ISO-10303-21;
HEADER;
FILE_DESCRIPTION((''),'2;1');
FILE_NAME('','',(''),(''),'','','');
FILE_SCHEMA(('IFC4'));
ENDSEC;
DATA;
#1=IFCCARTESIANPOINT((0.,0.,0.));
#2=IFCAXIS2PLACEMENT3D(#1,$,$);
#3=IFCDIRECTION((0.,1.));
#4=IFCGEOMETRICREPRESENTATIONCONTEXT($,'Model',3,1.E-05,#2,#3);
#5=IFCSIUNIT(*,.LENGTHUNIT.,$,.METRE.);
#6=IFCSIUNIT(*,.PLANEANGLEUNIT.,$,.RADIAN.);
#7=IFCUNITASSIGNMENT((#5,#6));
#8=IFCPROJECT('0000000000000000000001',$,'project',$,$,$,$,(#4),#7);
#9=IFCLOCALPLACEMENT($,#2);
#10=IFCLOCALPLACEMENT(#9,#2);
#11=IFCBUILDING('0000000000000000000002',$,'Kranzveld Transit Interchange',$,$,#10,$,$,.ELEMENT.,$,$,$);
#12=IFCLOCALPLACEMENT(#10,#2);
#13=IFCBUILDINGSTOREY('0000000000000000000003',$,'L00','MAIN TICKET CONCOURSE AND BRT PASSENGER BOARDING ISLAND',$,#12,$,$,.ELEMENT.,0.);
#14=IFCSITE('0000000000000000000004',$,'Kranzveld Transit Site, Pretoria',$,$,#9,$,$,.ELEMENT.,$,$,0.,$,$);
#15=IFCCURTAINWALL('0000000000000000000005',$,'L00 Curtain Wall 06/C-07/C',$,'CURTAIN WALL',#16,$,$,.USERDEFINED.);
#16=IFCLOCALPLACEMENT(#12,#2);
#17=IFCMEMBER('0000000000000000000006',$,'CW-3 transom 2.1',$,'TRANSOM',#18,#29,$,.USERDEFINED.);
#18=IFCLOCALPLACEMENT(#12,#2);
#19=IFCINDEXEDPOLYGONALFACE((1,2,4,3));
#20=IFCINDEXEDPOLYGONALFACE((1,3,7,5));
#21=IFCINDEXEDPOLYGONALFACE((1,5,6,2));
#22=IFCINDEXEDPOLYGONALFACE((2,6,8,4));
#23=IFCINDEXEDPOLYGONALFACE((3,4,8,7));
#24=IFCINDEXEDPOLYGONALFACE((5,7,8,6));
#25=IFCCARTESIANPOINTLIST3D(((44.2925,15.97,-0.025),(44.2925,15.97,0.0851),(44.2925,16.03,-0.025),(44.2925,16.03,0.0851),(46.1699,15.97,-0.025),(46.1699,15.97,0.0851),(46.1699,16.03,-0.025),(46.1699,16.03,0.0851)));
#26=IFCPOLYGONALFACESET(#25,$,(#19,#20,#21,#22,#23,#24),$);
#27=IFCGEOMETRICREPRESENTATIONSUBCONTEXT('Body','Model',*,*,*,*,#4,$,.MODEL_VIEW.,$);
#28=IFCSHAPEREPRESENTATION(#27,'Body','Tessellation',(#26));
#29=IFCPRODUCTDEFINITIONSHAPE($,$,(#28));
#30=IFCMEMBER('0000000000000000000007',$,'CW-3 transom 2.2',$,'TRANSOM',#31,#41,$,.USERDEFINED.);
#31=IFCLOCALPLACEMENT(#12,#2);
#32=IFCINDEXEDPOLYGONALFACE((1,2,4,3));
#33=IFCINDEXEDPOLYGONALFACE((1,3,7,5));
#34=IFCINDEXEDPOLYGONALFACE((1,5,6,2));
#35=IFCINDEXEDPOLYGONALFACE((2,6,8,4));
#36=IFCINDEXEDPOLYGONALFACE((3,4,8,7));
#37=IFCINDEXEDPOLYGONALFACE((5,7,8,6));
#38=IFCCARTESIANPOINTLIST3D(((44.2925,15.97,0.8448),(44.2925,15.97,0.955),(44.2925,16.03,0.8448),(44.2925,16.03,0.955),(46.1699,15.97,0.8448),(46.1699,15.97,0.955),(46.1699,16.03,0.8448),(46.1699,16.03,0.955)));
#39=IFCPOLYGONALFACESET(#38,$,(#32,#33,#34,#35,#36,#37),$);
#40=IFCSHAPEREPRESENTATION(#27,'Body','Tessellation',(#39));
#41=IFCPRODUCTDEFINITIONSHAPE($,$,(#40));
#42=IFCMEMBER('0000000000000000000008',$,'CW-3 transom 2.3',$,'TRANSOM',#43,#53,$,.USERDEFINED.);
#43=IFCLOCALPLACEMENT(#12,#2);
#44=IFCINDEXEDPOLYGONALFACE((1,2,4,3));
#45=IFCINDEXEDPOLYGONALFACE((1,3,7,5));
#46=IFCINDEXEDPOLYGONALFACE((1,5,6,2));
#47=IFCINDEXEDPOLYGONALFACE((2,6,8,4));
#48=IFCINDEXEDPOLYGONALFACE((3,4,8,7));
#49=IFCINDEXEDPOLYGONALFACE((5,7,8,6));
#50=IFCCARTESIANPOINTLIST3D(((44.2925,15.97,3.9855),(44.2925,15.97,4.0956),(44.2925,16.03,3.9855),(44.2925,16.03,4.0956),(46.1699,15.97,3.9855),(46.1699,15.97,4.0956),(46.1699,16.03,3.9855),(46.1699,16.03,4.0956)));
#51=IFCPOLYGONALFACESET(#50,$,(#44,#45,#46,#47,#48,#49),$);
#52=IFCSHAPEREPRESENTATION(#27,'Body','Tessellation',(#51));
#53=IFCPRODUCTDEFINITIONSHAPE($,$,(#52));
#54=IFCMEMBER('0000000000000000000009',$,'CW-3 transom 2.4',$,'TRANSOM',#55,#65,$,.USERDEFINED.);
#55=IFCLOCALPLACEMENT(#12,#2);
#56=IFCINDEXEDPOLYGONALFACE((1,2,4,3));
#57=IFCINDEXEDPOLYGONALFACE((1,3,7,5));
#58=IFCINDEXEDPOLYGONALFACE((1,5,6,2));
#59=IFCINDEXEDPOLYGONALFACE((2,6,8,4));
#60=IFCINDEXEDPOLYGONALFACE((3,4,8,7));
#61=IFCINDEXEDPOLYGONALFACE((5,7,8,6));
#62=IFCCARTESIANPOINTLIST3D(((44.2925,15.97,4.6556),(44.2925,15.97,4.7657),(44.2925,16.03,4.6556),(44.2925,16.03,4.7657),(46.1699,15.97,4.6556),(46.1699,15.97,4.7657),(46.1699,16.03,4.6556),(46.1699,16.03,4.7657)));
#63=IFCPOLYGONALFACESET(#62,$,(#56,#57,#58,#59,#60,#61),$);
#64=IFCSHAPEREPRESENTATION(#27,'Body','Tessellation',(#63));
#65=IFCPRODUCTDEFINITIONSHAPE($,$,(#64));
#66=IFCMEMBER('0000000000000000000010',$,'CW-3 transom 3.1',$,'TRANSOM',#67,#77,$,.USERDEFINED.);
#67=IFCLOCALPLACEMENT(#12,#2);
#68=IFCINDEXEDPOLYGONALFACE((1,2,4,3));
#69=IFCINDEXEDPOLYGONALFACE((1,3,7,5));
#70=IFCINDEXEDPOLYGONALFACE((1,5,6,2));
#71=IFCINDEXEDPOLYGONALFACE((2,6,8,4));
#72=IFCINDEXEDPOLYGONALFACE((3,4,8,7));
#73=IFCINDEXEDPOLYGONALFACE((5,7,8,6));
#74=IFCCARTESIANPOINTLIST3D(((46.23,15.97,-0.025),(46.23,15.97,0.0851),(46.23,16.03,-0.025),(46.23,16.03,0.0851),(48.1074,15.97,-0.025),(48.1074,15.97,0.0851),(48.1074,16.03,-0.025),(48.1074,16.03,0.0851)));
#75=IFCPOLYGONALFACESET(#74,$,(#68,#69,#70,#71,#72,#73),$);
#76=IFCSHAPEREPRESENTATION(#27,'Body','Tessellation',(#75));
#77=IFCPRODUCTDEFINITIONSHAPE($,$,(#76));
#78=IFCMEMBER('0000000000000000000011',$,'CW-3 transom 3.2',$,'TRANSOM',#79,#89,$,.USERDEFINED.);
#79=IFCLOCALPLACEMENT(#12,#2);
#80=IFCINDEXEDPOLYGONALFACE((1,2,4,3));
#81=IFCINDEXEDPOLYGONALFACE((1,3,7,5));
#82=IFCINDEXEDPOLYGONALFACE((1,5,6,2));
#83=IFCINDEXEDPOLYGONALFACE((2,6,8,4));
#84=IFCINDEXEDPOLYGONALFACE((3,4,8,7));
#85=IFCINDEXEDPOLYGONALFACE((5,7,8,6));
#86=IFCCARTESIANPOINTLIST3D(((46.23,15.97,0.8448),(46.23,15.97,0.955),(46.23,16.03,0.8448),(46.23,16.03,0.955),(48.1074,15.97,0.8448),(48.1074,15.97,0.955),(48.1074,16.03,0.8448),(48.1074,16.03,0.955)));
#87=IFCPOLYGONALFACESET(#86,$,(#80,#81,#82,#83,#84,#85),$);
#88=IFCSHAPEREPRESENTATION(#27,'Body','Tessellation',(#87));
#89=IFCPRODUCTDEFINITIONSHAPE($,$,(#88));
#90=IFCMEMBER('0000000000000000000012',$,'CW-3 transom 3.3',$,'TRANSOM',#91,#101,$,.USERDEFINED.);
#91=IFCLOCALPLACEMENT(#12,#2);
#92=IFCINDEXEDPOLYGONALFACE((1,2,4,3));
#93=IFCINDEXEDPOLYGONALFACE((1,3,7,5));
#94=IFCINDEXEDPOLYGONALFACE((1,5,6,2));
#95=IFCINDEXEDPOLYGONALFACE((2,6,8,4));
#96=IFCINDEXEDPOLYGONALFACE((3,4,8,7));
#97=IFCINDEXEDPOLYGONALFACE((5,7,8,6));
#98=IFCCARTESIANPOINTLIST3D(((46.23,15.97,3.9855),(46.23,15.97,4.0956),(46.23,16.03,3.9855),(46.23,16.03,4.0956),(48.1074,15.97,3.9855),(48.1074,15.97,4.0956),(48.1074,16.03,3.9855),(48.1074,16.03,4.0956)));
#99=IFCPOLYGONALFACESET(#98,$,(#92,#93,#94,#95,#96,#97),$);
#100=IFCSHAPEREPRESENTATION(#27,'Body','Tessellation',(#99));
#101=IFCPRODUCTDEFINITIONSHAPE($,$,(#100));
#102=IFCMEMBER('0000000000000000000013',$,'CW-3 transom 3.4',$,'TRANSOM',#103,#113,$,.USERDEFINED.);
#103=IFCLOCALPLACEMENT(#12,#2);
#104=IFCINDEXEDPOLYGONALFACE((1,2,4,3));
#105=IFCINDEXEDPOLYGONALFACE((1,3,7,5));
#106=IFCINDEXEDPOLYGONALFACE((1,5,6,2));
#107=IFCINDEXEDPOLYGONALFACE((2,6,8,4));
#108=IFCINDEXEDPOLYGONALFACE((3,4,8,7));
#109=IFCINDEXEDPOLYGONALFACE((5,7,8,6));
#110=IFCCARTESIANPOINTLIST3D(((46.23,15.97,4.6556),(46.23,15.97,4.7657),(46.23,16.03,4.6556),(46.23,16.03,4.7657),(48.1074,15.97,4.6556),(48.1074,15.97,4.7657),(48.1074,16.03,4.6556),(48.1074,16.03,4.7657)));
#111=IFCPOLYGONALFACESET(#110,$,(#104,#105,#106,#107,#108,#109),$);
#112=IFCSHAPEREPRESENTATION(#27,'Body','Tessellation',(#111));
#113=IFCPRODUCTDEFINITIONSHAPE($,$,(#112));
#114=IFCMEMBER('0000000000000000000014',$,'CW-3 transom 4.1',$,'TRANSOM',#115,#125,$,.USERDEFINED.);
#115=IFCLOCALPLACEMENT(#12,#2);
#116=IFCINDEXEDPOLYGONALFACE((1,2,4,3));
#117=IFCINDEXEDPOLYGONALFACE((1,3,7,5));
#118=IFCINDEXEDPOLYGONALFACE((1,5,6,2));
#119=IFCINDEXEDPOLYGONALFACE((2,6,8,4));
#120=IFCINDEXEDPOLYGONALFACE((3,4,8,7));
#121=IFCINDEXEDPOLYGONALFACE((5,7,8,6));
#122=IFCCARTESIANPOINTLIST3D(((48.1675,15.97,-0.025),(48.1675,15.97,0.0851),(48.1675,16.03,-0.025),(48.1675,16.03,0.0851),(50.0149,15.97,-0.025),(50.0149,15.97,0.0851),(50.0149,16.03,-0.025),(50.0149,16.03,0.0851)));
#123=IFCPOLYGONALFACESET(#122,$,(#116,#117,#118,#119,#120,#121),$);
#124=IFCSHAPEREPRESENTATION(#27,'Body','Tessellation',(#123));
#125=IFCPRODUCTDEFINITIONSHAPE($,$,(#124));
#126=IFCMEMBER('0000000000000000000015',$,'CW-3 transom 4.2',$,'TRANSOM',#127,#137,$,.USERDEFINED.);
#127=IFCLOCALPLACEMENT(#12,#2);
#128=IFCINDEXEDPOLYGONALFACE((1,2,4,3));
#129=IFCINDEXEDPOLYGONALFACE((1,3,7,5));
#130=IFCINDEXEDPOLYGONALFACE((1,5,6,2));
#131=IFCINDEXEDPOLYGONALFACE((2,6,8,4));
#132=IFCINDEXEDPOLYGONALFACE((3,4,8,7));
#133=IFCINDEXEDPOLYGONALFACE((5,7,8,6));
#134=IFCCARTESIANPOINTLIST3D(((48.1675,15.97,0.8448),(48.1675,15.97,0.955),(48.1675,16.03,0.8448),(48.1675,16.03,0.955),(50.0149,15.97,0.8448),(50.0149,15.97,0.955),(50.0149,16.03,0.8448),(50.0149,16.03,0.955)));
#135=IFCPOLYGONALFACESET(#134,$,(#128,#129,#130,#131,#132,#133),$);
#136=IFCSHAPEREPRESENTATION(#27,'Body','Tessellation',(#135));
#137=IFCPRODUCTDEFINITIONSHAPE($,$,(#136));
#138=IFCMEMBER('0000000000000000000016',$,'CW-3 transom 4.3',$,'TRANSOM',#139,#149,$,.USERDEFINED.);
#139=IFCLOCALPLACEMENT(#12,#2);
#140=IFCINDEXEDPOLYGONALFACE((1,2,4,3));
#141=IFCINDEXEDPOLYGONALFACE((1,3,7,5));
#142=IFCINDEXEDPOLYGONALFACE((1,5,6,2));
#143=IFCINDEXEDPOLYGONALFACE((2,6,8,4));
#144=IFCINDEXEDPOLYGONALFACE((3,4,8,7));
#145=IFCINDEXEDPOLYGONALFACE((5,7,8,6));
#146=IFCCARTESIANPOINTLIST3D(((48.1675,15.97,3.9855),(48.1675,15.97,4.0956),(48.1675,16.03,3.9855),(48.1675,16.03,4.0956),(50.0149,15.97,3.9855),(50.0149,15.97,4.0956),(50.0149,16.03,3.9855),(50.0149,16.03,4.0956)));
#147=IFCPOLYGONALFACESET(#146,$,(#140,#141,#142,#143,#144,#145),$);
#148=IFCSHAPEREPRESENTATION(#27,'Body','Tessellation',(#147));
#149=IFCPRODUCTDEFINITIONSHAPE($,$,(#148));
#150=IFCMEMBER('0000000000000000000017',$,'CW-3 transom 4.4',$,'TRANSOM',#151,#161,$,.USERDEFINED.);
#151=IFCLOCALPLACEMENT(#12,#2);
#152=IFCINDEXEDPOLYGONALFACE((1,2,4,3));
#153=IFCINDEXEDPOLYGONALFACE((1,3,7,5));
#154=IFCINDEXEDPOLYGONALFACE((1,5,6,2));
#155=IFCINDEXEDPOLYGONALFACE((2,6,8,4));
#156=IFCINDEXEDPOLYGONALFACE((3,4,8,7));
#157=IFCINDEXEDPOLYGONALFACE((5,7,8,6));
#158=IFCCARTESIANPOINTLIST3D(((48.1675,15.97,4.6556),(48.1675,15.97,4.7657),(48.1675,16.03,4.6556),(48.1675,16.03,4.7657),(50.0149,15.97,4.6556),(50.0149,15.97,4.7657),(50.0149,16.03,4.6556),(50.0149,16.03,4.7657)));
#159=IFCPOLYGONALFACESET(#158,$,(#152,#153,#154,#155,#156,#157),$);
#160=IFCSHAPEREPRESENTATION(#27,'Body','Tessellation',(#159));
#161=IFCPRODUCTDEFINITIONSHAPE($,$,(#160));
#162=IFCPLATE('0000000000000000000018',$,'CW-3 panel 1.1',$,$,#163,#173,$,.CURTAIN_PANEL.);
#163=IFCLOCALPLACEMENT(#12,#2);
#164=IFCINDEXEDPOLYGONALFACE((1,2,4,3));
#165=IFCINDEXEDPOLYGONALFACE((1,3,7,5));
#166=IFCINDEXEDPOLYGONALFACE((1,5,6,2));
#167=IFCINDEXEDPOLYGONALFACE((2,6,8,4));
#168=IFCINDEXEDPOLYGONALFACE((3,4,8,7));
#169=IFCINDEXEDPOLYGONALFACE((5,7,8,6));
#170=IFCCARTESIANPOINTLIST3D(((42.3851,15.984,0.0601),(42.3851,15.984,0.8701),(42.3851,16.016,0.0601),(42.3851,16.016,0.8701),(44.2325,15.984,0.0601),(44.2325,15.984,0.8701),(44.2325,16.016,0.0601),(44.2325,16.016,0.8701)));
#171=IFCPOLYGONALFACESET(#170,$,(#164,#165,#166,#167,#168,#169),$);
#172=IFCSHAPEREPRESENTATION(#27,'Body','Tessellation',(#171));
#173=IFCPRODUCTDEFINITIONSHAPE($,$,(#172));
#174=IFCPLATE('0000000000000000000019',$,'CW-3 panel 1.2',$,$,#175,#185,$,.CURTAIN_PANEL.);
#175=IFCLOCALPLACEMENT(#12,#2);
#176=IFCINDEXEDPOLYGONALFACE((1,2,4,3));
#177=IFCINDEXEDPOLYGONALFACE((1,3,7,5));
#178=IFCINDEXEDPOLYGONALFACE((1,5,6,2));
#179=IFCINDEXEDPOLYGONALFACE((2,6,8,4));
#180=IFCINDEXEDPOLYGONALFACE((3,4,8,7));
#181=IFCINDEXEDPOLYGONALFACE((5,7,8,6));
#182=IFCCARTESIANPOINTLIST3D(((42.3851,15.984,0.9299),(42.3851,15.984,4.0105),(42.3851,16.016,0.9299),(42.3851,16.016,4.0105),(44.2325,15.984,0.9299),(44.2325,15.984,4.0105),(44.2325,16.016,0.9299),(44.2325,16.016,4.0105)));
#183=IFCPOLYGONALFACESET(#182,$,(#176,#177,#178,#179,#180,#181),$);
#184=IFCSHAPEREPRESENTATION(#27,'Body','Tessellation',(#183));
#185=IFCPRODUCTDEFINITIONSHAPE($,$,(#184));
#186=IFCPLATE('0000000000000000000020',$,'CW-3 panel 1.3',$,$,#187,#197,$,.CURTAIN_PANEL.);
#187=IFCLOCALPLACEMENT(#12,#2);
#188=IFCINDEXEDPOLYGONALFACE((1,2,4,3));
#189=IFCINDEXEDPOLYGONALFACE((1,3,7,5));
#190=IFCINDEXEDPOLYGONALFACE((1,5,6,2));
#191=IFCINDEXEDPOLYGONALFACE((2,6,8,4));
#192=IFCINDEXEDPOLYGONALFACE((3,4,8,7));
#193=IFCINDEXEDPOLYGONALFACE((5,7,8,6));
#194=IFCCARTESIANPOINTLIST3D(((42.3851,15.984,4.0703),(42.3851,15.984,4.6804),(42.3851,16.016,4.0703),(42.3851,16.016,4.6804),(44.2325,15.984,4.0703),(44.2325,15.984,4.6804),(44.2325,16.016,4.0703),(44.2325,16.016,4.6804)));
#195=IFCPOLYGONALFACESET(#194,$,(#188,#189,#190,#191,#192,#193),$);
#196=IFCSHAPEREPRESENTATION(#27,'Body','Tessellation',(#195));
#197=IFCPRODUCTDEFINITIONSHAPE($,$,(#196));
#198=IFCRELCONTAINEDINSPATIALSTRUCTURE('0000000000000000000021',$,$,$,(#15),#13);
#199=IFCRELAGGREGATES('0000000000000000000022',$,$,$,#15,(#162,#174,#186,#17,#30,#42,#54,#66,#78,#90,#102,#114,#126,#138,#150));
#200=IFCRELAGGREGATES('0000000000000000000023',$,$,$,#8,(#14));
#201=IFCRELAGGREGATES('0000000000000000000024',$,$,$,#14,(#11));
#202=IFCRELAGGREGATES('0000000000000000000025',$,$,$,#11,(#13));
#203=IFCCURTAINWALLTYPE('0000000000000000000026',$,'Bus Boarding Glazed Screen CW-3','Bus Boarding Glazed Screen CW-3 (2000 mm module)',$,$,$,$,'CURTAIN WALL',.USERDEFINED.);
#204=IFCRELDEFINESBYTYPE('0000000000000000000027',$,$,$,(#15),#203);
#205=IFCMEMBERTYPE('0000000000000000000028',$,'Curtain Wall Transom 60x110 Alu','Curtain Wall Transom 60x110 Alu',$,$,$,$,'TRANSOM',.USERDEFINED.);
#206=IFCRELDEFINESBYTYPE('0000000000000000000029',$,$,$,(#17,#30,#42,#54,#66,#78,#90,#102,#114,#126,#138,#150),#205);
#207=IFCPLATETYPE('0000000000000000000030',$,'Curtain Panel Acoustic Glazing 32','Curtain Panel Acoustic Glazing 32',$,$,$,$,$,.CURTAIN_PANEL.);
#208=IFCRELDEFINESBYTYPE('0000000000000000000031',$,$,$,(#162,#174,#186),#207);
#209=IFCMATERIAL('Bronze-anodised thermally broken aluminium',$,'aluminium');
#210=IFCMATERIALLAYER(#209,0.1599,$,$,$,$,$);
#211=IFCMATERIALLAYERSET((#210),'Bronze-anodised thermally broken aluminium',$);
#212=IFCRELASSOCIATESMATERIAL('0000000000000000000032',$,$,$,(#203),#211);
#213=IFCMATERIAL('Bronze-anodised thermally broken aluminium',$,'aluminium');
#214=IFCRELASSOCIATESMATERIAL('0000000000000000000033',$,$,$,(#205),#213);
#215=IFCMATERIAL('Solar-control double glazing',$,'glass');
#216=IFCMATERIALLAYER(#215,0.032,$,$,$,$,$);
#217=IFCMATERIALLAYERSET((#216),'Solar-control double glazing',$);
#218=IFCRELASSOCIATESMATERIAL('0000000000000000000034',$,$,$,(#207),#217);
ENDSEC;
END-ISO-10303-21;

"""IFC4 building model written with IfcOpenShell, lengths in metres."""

from ifc_helpers import new_model, si_unit, direction, frame, origin, origin_2d, place, context, subcontext, project, spatial, rectangle, extrude, material, layer, layer_set, material_profile, profile_set, type_object, element, aggregate, save


model = new_model("IFC4")

# Units and contexts
model_context = context("Model", 3, precision=1e-05, world=origin(), true_north=direction((0.0, 1.0)))
body_context = subcontext(model_context, "Body", "Model", "MODEL_VIEW")
ifc_project = project(units=[si_unit("LENGTHUNIT", "METRE"), si_unit("PLANEANGLEUNIT", "RADIAN")], contexts=[model_context])

# Site, building, storey
site_placement = place(None, origin())
site = spatial("IfcSite", under=ifc_project, at=site_placement, Name="Kranzveld Transit Site, Pretoria", CompositionType="ELEMENT", RefElevation=0.0)
building_placement = place(site_placement, origin())
building = spatial("IfcBuilding", under=site, at=building_placement, Name="Kranzveld Transit Interchange", CompositionType="ELEMENT")
storey_placement = place(building_placement, origin())
storey = spatial("IfcBuildingStorey", under=building, at=storey_placement, Name="L00", Description="MAIN TICKET CONCOURSE AND BRT PASSENGER BOARDING ISLAND", CompositionType="ELEMENT", Elevation=0.0)

# Curtain wall, members, plates
ifc_material_1 = material(Name="Bronze-anodised thermally broken aluminium", Category="aluminium")
ifc_layer_1 = layer(ifc_material_1, 0.1599)
ifc_layer_set_1 = layer_set([ifc_layer_1], Name="Bronze-anodised thermally broken aluminium")
curtain_wall_type = type_object("IfcCurtainWallType", Name="Bus Boarding Glazed Screen CW-3", Description="Bus Boarding Glazed Screen CW-3 (2000 mm module)", ElementType="CURTAIN WALL", PredefinedType="USERDEFINED", material=ifc_layer_set_1)
curtain_wall_placement = place(storey_placement, origin())
curtain_wall = element("IfcCurtainWall", 1, at=curtain_wall_placement, inside=storey, type_object=curtain_wall_type, Name="L00 Curtain Wall 06/C-07/C", ObjectType="CURTAIN WALL", PredefinedType="USERDEFINED")
ifc_material_2 = material(Name="Bronze-anodised thermally broken aluminium", Category="aluminium")
ifc_material_profile_1 = material_profile(ifc_material_2, rectangle(XDim=0.0601, YDim=0.1101, at=origin_2d()), Name="ALU TRANSOM 60x110")
ifc_profile_set_1 = profile_set([ifc_material_profile_1], Name="Bronze-anodised thermally broken aluminium")
member_type_1 = type_object("IfcMemberType", Name="Curtain Wall Transom 60x110 Alu", Description="Curtain Wall Transom 60x110 Alu", ElementType="TRANSOM", PredefinedType="USERDEFINED", material=ifc_profile_set_1)
member_1_placement = place(storey_placement, frame((44.2925, 16.0, 0.03), z_axis=(1.0, 0.0, 0.0), x_axis=(0.0, 1.0, 0.0)))
member_1 = element("IfcMember", 2, at=member_1_placement, type_object=member_type_1, Name="CW-3 transom 2.1", ObjectType="TRANSOM", PredefinedType="USERDEFINED", context=body_context, shape_type="SweptSolid", body=[
    extrude(rectangle(XDim=0.0601, YDim=0.1101, at=origin_2d()), origin(), (0.0, 0.0, 1.0), 1.8774),
])
member_2_placement = place(storey_placement, frame((44.2925, 16.0, 0.8999), z_axis=(1.0, 0.0, 0.0), x_axis=(0.0, 1.0, 0.0)))
member_2 = element("IfcMember", 3, at=member_2_placement, type_object=member_type_1, Name="CW-3 transom 2.2", ObjectType="TRANSOM", PredefinedType="USERDEFINED", context=body_context, shape_type="SweptSolid", body=[
    extrude(rectangle(XDim=0.0601, YDim=0.1101, at=origin_2d()), origin(), (0.0, 0.0, 1.0), 1.8774),
])
member_3_placement = place(storey_placement, frame((44.2925, 16.0, 4.0405), z_axis=(1.0, 0.0, 0.0), x_axis=(0.0, 1.0, 0.0)))
member_3 = element("IfcMember", 4, at=member_3_placement, type_object=member_type_1, Name="CW-3 transom 2.3", ObjectType="TRANSOM", PredefinedType="USERDEFINED", context=body_context, shape_type="SweptSolid", body=[
    extrude(rectangle(XDim=0.0601, YDim=0.1101, at=origin_2d()), origin(), (0.0, 0.0, 1.0), 1.8774),
])
member_4_placement = place(storey_placement, frame((44.2925, 16.0, 4.7107), z_axis=(1.0, 0.0, 0.0), x_axis=(0.0, 1.0, 0.0)))
member_4 = element("IfcMember", 5, at=member_4_placement, type_object=member_type_1, Name="CW-3 transom 2.4", ObjectType="TRANSOM", PredefinedType="USERDEFINED", context=body_context, shape_type="SweptSolid", body=[
    extrude(rectangle(XDim=0.0601, YDim=0.1101, at=origin_2d()), origin(), (0.0, 0.0, 1.0), 1.8774),
])
member_5_placement = place(storey_placement, frame((46.23, 16.0, 0.03), z_axis=(1.0, 0.0, 0.0), x_axis=(0.0, 1.0, 0.0)))
member_5 = element("IfcMember", 6, at=member_5_placement, type_object=member_type_1, Name="CW-3 transom 3.1", ObjectType="TRANSOM", PredefinedType="USERDEFINED", context=body_context, shape_type="SweptSolid", body=[
    extrude(rectangle(XDim=0.0601, YDim=0.1101, at=origin_2d()), origin(), (0.0, 0.0, 1.0), 1.8774),
])
member_6_placement = place(storey_placement, frame((46.23, 16.0, 0.8999), z_axis=(1.0, 0.0, 0.0), x_axis=(0.0, 1.0, 0.0)))
member_6 = element("IfcMember", 7, at=member_6_placement, type_object=member_type_1, Name="CW-3 transom 3.2", ObjectType="TRANSOM", PredefinedType="USERDEFINED", context=body_context, shape_type="SweptSolid", body=[
    extrude(rectangle(XDim=0.0601, YDim=0.1101, at=origin_2d()), origin(), (0.0, 0.0, 1.0), 1.8774),
])
member_7_placement = place(storey_placement, frame((46.23, 16.0, 4.0405), z_axis=(1.0, 0.0, 0.0), x_axis=(0.0, 1.0, 0.0)))
member_7 = element("IfcMember", 8, at=member_7_placement, type_object=member_type_1, Name="CW-3 transom 3.3", ObjectType="TRANSOM", PredefinedType="USERDEFINED", context=body_context, shape_type="SweptSolid", body=[
    extrude(rectangle(XDim=0.0601, YDim=0.1101, at=origin_2d()), origin(), (0.0, 0.0, 1.0), 1.8774),
])
member_8_placement = place(storey_placement, frame((46.23, 16.0, 4.7107), z_axis=(1.0, 0.0, 0.0), x_axis=(0.0, 1.0, 0.0)))
member_8 = element("IfcMember", 9, at=member_8_placement, type_object=member_type_1, Name="CW-3 transom 3.4", ObjectType="TRANSOM", PredefinedType="USERDEFINED", context=body_context, shape_type="SweptSolid", body=[
    extrude(rectangle(XDim=0.0601, YDim=0.1101, at=origin_2d()), origin(), (0.0, 0.0, 1.0), 1.8774),
])
member_9_placement = place(storey_placement, frame((48.1675, 16.0, 0.03), z_axis=(1.0, 0.0, 0.0), x_axis=(0.0, 1.0, 0.0)))
member_9 = element("IfcMember", 10, at=member_9_placement, type_object=member_type_1, Name="CW-3 transom 4.1", ObjectType="TRANSOM", PredefinedType="USERDEFINED", context=body_context, shape_type="SweptSolid", body=[
    extrude(rectangle(XDim=0.0601, YDim=0.1101, at=origin_2d()), origin(), (0.0, 0.0, 1.0), 1.8474),
])
member_10_placement = place(storey_placement, frame((48.1675, 16.0, 0.8999), z_axis=(1.0, 0.0, 0.0), x_axis=(0.0, 1.0, 0.0)))
member_10 = element("IfcMember", 11, at=member_10_placement, type_object=member_type_1, Name="CW-3 transom 4.2", ObjectType="TRANSOM", PredefinedType="USERDEFINED", context=body_context, shape_type="SweptSolid", body=[
    extrude(rectangle(XDim=0.0601, YDim=0.1101, at=origin_2d()), origin(), (0.0, 0.0, 1.0), 1.8474),
])
member_11_placement = place(storey_placement, frame((48.1675, 16.0, 4.0405), z_axis=(1.0, 0.0, 0.0), x_axis=(0.0, 1.0, 0.0)))
member_11 = element("IfcMember", 12, at=member_11_placement, type_object=member_type_1, Name="CW-3 transom 4.3", ObjectType="TRANSOM", PredefinedType="USERDEFINED", context=body_context, shape_type="SweptSolid", body=[
    extrude(rectangle(XDim=0.0601, YDim=0.1101, at=origin_2d()), origin(), (0.0, 0.0, 1.0), 1.8474),
])
member_12_placement = place(storey_placement, frame((48.1675, 16.0, 4.7107), z_axis=(1.0, 0.0, 0.0), x_axis=(0.0, 1.0, 0.0)))
member_12 = element("IfcMember", 13, at=member_12_placement, type_object=member_type_1, Name="CW-3 transom 4.4", ObjectType="TRANSOM", PredefinedType="USERDEFINED", context=body_context, shape_type="SweptSolid", body=[
    extrude(rectangle(XDim=0.0601, YDim=0.1101, at=origin_2d()), origin(), (0.0, 0.0, 1.0), 1.8474),
])
ifc_material_3 = material(Name="Solar-control double glazing", Category="glass")
ifc_layer_2 = layer(ifc_material_3, 0.032)
ifc_layer_set_2 = layer_set([ifc_layer_2], Name="Solar-control double glazing")
plate_type = type_object("IfcPlateType", Name="Curtain Panel Acoustic Glazing 32", Description="Curtain Panel Acoustic Glazing 32", PredefinedType="CURTAIN_PANEL", material=ifc_layer_set_2)
plate_1_placement = place(storey_placement, frame((43.3088, 16.0, 0.0601), z_axis=(0.0, 0.0, 1.0), x_axis=(1.0, 0.0, 0.0)))
plate_1 = element("IfcPlate", 14, at=plate_1_placement, type_object=plate_type, Name="CW-3 panel 1.1", PredefinedType="CURTAIN_PANEL", context=body_context, shape_type="SweptSolid", body=[
    extrude(rectangle(XDim=1.8474, YDim=0.032, at=origin_2d()), origin(), (0.0, 0.0, 1.0), 0.8101),
])
plate_2_placement = place(storey_placement, frame((43.3088, 16.0, 0.9299), z_axis=(0.0, 0.0, 1.0), x_axis=(1.0, 0.0, 0.0)))
plate_2 = element("IfcPlate", 15, at=plate_2_placement, type_object=plate_type, Name="CW-3 panel 1.2", PredefinedType="CURTAIN_PANEL", context=body_context, shape_type="SweptSolid", body=[
    extrude(rectangle(XDim=1.8474, YDim=0.032, at=origin_2d()), origin(), (0.0, 0.0, 1.0), 3.0806),
])
plate_3_placement = place(storey_placement, frame((43.3088, 16.0, 4.0703), z_axis=(0.0, 0.0, 1.0), x_axis=(1.0, 0.0, 0.0)))
plate_3 = element("IfcPlate", 16, at=plate_3_placement, type_object=plate_type, Name="CW-3 panel 1.3", PredefinedType="CURTAIN_PANEL", context=body_context, shape_type="SweptSolid", body=[
    extrude(rectangle(XDim=1.8474, YDim=0.032, at=origin_2d()), origin(), (0.0, 0.0, 1.0), 0.6101),
])
aggregate(curtain_wall, [plate_1, plate_2, plate_3, member_1, member_2, member_3, member_4, member_5, member_6, member_7, member_8, member_9, member_10, member_11, member_12])

save(model, "model.ifc")
